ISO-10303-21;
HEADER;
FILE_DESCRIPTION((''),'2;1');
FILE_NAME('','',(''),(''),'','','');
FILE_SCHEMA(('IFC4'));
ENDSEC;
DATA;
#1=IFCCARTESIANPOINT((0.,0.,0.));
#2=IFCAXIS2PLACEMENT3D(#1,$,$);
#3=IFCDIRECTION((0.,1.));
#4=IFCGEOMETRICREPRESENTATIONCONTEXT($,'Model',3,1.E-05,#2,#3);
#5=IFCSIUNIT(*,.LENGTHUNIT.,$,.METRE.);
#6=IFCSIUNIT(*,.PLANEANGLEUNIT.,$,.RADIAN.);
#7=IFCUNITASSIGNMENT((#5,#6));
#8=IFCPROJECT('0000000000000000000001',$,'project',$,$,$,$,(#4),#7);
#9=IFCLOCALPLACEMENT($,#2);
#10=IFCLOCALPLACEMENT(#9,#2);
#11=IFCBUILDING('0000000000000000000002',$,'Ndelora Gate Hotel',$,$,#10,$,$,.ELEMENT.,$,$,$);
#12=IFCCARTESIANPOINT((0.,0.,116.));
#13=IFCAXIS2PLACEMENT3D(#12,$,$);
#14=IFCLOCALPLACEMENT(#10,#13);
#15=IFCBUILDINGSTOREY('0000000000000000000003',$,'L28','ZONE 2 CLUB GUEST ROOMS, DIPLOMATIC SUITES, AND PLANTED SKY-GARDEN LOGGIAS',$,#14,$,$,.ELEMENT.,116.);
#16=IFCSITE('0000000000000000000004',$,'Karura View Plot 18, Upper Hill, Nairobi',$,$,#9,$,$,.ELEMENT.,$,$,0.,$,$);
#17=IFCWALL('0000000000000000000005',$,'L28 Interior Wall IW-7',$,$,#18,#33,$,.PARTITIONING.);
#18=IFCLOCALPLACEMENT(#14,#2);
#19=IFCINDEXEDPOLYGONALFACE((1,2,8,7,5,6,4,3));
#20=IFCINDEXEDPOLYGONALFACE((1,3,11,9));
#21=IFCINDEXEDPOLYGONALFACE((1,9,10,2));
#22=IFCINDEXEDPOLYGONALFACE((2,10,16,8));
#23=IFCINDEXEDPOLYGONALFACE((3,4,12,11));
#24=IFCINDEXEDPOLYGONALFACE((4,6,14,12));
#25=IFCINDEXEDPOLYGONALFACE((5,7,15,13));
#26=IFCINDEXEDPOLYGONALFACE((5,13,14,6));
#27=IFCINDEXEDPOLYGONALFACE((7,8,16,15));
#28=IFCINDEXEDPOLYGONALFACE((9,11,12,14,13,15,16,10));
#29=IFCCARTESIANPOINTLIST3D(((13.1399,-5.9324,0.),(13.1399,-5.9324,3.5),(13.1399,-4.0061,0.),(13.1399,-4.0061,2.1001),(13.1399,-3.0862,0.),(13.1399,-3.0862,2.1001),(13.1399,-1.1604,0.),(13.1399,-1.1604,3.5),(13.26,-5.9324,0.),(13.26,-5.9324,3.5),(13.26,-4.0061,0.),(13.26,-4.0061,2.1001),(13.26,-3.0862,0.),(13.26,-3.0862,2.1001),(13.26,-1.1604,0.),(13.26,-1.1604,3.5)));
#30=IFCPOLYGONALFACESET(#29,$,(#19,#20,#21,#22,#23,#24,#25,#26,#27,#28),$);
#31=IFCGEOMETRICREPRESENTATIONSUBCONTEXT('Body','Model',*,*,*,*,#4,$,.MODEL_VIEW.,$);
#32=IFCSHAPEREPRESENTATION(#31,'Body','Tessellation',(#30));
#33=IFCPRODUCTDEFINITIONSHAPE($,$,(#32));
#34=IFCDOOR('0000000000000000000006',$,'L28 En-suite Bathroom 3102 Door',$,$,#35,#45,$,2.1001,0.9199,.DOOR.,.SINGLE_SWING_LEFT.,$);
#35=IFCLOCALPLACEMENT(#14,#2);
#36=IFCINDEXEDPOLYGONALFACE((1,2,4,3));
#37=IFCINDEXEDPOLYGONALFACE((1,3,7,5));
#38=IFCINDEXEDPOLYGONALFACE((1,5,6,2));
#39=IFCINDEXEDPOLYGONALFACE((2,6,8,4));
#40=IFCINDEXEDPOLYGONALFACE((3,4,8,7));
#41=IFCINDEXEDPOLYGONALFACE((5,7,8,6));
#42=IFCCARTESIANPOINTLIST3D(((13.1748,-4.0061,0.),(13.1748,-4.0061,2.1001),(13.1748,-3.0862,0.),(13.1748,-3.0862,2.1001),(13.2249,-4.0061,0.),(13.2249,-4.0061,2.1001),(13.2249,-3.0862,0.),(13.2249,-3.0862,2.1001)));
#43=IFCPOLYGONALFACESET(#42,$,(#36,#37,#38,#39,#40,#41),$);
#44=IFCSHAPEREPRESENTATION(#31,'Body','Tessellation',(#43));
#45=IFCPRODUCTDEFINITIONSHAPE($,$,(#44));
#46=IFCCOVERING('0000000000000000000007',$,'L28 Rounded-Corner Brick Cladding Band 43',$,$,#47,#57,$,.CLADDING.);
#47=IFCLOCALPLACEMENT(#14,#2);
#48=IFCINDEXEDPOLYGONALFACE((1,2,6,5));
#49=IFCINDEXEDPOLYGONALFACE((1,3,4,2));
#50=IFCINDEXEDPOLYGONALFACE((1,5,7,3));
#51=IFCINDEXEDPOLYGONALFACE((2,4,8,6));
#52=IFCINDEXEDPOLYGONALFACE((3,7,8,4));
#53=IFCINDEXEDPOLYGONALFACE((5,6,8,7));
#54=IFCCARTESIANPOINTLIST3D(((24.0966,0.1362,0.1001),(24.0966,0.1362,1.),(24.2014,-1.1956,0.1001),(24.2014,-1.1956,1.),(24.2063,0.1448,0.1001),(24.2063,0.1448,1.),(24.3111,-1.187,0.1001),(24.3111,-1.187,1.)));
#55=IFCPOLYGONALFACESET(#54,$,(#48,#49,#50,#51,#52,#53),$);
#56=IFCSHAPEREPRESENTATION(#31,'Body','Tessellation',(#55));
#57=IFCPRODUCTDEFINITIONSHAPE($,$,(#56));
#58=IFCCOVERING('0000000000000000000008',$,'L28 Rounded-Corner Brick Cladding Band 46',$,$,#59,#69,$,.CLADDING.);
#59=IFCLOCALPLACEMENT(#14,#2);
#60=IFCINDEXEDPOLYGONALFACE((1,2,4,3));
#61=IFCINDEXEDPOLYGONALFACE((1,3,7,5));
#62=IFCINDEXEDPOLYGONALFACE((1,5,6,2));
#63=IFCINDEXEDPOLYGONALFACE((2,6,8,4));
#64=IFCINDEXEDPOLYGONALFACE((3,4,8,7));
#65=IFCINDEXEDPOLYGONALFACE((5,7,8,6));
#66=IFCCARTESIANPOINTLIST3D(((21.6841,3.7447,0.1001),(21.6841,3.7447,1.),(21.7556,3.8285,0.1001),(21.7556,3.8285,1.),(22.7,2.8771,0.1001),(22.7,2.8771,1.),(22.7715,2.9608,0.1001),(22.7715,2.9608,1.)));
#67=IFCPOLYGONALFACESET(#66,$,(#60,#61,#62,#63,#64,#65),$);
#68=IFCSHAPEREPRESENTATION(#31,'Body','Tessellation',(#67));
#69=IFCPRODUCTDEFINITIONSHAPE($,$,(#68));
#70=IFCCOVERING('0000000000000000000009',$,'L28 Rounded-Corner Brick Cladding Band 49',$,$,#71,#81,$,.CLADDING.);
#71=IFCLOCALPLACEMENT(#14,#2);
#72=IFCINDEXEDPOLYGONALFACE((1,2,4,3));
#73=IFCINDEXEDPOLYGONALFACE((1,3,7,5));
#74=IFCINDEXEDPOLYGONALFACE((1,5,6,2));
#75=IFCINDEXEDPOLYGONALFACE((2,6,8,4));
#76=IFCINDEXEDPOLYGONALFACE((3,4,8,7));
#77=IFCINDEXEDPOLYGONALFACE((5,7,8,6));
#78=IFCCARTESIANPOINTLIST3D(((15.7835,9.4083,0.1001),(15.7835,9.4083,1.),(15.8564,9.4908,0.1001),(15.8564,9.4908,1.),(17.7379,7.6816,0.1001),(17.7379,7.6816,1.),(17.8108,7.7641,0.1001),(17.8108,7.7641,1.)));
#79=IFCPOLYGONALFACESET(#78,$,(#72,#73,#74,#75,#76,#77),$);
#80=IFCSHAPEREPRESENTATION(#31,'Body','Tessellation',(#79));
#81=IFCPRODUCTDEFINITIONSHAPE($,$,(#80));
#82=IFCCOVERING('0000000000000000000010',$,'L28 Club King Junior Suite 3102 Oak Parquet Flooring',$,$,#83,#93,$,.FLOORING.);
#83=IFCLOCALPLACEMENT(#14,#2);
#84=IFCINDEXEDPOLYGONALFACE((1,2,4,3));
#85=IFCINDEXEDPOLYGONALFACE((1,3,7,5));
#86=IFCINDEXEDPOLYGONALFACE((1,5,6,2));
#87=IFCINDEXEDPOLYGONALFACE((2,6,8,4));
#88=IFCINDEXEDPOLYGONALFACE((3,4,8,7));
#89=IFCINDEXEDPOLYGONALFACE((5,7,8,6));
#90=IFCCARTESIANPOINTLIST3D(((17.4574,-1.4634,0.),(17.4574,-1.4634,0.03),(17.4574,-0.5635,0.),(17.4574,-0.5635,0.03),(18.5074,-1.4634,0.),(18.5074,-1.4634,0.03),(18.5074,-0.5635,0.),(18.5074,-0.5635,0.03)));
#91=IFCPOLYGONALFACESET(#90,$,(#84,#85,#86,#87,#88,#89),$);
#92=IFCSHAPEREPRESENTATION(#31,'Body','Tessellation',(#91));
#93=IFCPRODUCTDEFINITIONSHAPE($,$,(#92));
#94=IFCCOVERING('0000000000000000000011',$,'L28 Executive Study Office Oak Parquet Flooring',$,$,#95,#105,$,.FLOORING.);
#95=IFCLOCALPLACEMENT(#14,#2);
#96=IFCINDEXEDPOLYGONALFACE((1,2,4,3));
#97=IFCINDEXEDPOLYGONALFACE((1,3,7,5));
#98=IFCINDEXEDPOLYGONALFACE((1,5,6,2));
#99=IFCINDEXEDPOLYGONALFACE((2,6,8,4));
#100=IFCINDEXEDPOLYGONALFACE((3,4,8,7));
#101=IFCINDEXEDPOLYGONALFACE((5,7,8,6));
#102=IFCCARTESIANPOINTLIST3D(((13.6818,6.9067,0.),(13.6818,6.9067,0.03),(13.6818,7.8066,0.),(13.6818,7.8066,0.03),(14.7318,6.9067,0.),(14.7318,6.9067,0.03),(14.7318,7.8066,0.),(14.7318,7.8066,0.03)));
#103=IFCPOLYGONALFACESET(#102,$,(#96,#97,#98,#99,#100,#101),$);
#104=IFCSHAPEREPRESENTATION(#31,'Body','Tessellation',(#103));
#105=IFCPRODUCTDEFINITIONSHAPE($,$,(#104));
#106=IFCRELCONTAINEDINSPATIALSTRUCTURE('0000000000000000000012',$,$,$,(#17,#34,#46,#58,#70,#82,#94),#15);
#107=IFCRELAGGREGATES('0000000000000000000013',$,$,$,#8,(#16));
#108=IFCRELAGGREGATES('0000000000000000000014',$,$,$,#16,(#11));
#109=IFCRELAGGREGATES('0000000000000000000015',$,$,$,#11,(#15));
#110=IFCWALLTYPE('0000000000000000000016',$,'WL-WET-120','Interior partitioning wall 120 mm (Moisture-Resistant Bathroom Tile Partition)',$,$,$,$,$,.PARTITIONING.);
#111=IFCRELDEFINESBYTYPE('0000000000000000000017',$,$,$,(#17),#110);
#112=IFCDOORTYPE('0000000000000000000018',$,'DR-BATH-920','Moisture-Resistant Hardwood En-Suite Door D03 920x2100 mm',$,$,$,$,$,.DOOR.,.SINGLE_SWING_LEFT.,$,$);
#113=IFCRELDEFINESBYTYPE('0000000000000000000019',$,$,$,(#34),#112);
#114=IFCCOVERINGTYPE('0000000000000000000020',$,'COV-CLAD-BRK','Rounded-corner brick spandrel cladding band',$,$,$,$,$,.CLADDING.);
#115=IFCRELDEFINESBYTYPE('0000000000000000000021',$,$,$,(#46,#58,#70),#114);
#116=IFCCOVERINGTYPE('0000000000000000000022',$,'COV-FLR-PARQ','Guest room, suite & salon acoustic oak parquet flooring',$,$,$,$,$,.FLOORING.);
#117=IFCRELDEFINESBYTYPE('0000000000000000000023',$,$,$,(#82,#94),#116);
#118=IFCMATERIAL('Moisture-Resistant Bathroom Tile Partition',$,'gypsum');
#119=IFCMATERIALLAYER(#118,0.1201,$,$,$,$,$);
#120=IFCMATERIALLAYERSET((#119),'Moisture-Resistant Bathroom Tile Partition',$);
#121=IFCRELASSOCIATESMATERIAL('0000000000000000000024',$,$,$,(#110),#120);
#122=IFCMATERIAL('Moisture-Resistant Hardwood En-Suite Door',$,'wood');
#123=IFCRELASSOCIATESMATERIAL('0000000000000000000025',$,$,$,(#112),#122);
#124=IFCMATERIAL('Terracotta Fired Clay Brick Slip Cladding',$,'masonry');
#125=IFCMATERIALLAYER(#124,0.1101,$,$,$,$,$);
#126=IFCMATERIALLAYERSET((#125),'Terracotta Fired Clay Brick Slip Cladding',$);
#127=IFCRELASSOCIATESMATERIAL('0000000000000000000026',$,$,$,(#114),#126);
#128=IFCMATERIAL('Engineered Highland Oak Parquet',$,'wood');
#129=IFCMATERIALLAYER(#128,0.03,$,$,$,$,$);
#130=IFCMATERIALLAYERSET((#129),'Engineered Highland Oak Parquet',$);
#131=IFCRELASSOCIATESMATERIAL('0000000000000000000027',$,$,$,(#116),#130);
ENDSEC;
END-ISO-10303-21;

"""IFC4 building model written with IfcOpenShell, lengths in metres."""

from ifc_helpers import new_model, si_unit, direction, frame, frame_2d, origin, origin_2d, place, context, subcontext, project, spatial, rectangle, extrude, material, layer, layer_set, type_object, element, fill, save


model = new_model("IFC4")

# Units and contexts
model_context = context("Model", 3, precision=1e-05, world=origin(), true_north=direction((0.0, 1.0)))
body_context = subcontext(model_context, "Body", "Model", "MODEL_VIEW")
ifc_project = project(units=[si_unit("LENGTHUNIT", "METRE"), si_unit("PLANEANGLEUNIT", "RADIAN")], contexts=[model_context])

# Site, building, storey
site_placement = place(None, origin())
site = spatial("IfcSite", under=ifc_project, at=site_placement, Name="Karura View Plot 18, Upper Hill, Nairobi", CompositionType="ELEMENT", RefElevation=0.0)
building_placement = place(site_placement, origin())
building = spatial("IfcBuilding", under=site, at=building_placement, Name="Ndelora Gate Hotel", CompositionType="ELEMENT")
storey_placement = place(building_placement, frame((0.0, 0.0, 116.0)))
storey = spatial("IfcBuildingStorey", under=building, at=storey_placement, Name="L28", Description="ZONE 2 CLUB GUEST ROOMS, DIPLOMATIC SUITES, AND PLANTED SKY-GARDEN LOGGIAS", CompositionType="ELEMENT", Elevation=116.0)

# Wall, opening, door
ifc_material_1 = material(Name="Moisture-Resistant Bathroom Tile Partition", Category="gypsum")
ifc_layer_1 = layer(ifc_material_1, 0.1201)
ifc_layer_set_1 = layer_set([ifc_layer_1], Name="Moisture-Resistant Bathroom Tile Partition")
wall_type_1 = type_object("IfcWallType", Name="WL-WET-120", Description="Interior partitioning wall 120 mm (Moisture-Resistant Bathroom Tile Partition)", PredefinedType="PARTITIONING", material=ifc_layer_set_1)
wall_1_placement = place(storey_placement, frame((13.2, -1.1604, 0.0), z_axis=(0.0, 0.0, 1.0), x_axis=(0.0, -1.0, 0.0)))
wall_1 = element("IfcWall", 1, at=wall_1_placement, inside=storey, type_object=wall_type_1, Name="L28 Interior Wall IW-7", PredefinedType="PARTITIONING", context=body_context, shape_type="SweptSolid", body=[
    extrude(rectangle(XDim=4.772, YDim=0.1201, at=frame_2d((2.386, 0.0))), origin(), (0.0, 0.0, 1.0), 3.5),
])
opening_1_placement = place(wall_1_placement, frame((1.9258, 0.0, 0.0)))
opening_1 = element("IfcOpeningElement", 2, at=opening_1_placement, cuts=wall_1, PredefinedType="OPENING", context=body_context, shape_type="SweptSolid", body=[
    extrude(rectangle(XDim=0.9199, YDim=2.1001, at=frame_2d((0.46, 1.05))), frame((0.0, 0.0701, 0.0), z_axis=(0.0, -1.0, 0.0), x_axis=(1.0, 0.0, 0.0)), (0.0, 0.0, 1.0), 0.1401),
])
ifc_material_2 = material(Name="Moisture-Resistant Hardwood En-Suite Door", Category="wood")
door_type = type_object("IfcDoorType", Name="DR-BATH-920", Description="Moisture-Resistant Hardwood En-Suite Door D03 920x2100 mm", OperationType="SINGLE_SWING_LEFT", PredefinedType="DOOR", material=ifc_material_2)
door_placement = place(opening_1_placement, origin())
door = element("IfcDoor", 3, at=door_placement, inside=storey, type_object=door_type, Name="L28 En-suite Bathroom 3102 Door", OperationType="SINGLE_SWING_LEFT", OverallHeight=2.1001, OverallWidth=0.9199, PredefinedType="DOOR", context=body_context, shape_type="SweptSolid", body=[
    extrude(rectangle(XDim=0.9199, YDim=2.1001, at=frame_2d((0.46, 1.05))), frame((0.0, 0.0249, 0.0), z_axis=(0.0, -1.0, 0.0), x_axis=(1.0, 0.0, 0.0)), (0.0, 0.0, 1.0), 0.05),
])
fill(opening_1, door)

# Coverings
ifc_material_3 = material(Name="Terracotta Fired Clay Brick Slip Cladding", Category="masonry")
ifc_layer_2 = layer(ifc_material_3, 0.1101)
ifc_layer_set_2 = layer_set([ifc_layer_2], Name="Terracotta Fired Clay Brick Slip Cladding")
covering_type_1 = type_object("IfcCoveringType", Name="COV-CLAD-BRK", Description="Rounded-corner brick spandrel cladding band", PredefinedType="CLADDING", material=ifc_layer_set_2)
for number, where, z_axis, x_axis, name in (
    (4, (24.2039, -0.5254, 0.1001), (0.0, 0.0, 1.0), (-0.078459, 0.996917, 0.0), "L28 Rounded-Corner Brick Cladding Band 43"),
    (5, (22.2278, 3.3528, 0.1001), (0.0, 0.0, 1.0), (-0.760406, 0.649448, 0.0), "L28 Rounded-Corner Brick Cladding Band 46"),
):
    element("IfcCovering", number, at=place(storey_placement, frame(where, z_axis=z_axis, x_axis=x_axis)), inside=storey, type_object=covering_type_1, Name=name, PredefinedType="CLADDING", context=body_context, shape_type="SweptSolid", body=[
        extrude(rectangle(XDim=1.3359, YDim=0.1101, at=origin_2d()), origin(), (0.0, 0.0, 1.0), 0.8999),
    ])
covering_placement = place(storey_placement, frame((16.7971, 8.5862, 0.1001), z_axis=(0.0, 0.0, 1.0), x_axis=(-0.749418, 0.662097, 0.0)))
element("IfcCovering", 6, at=covering_placement, inside=storey, type_object=covering_type_1, Name="L28 Rounded-Corner Brick Cladding Band 49", PredefinedType="CLADDING", context=body_context, shape_type="SweptSolid", body=[
    extrude(rectangle(XDim=2.6079, YDim=0.1101, at=origin_2d()), origin(), (0.0, 0.0, 1.0), 0.8999),
])
ifc_material_4 = material(Name="Engineered Highland Oak Parquet", Category="wood")
ifc_layer_3 = layer(ifc_material_4, 0.03)
ifc_layer_set_3 = layer_set([ifc_layer_3], Name="Engineered Highland Oak Parquet")
covering_type_2 = type_object("IfcCoveringType", Name="COV-FLR-PARQ", Description="Guest room, suite & salon acoustic oak parquet flooring", PredefinedType="FLOORING", material=ifc_layer_set_3)
for number, where, z_axis, x_axis, name in (
    (7, (17.9824, -1.0134, 0.0), (0.0, 0.0, 1.0), (1.0, 0.0, 0.0), "L28 Club King Junior Suite 3102 Oak Parquet Flooring"),
    (8, (14.2068, 7.3567, 0.0), (0.0, 0.0, 1.0), (1.0, 0.0, 0.0), "L28 Executive Study Office Oak Parquet Flooring"),
):
    element("IfcCovering", number, at=place(storey_placement, frame(where, z_axis=z_axis, x_axis=x_axis)), inside=storey, type_object=covering_type_2, Name=name, PredefinedType="FLOORING", context=body_context, shape_type="SweptSolid", body=[
        extrude(rectangle(XDim=1.05, YDim=0.8999, at=origin_2d()), origin(), (0.0, 0.0, 1.0), 0.03),
    ])

save(model, "model.ifc")
